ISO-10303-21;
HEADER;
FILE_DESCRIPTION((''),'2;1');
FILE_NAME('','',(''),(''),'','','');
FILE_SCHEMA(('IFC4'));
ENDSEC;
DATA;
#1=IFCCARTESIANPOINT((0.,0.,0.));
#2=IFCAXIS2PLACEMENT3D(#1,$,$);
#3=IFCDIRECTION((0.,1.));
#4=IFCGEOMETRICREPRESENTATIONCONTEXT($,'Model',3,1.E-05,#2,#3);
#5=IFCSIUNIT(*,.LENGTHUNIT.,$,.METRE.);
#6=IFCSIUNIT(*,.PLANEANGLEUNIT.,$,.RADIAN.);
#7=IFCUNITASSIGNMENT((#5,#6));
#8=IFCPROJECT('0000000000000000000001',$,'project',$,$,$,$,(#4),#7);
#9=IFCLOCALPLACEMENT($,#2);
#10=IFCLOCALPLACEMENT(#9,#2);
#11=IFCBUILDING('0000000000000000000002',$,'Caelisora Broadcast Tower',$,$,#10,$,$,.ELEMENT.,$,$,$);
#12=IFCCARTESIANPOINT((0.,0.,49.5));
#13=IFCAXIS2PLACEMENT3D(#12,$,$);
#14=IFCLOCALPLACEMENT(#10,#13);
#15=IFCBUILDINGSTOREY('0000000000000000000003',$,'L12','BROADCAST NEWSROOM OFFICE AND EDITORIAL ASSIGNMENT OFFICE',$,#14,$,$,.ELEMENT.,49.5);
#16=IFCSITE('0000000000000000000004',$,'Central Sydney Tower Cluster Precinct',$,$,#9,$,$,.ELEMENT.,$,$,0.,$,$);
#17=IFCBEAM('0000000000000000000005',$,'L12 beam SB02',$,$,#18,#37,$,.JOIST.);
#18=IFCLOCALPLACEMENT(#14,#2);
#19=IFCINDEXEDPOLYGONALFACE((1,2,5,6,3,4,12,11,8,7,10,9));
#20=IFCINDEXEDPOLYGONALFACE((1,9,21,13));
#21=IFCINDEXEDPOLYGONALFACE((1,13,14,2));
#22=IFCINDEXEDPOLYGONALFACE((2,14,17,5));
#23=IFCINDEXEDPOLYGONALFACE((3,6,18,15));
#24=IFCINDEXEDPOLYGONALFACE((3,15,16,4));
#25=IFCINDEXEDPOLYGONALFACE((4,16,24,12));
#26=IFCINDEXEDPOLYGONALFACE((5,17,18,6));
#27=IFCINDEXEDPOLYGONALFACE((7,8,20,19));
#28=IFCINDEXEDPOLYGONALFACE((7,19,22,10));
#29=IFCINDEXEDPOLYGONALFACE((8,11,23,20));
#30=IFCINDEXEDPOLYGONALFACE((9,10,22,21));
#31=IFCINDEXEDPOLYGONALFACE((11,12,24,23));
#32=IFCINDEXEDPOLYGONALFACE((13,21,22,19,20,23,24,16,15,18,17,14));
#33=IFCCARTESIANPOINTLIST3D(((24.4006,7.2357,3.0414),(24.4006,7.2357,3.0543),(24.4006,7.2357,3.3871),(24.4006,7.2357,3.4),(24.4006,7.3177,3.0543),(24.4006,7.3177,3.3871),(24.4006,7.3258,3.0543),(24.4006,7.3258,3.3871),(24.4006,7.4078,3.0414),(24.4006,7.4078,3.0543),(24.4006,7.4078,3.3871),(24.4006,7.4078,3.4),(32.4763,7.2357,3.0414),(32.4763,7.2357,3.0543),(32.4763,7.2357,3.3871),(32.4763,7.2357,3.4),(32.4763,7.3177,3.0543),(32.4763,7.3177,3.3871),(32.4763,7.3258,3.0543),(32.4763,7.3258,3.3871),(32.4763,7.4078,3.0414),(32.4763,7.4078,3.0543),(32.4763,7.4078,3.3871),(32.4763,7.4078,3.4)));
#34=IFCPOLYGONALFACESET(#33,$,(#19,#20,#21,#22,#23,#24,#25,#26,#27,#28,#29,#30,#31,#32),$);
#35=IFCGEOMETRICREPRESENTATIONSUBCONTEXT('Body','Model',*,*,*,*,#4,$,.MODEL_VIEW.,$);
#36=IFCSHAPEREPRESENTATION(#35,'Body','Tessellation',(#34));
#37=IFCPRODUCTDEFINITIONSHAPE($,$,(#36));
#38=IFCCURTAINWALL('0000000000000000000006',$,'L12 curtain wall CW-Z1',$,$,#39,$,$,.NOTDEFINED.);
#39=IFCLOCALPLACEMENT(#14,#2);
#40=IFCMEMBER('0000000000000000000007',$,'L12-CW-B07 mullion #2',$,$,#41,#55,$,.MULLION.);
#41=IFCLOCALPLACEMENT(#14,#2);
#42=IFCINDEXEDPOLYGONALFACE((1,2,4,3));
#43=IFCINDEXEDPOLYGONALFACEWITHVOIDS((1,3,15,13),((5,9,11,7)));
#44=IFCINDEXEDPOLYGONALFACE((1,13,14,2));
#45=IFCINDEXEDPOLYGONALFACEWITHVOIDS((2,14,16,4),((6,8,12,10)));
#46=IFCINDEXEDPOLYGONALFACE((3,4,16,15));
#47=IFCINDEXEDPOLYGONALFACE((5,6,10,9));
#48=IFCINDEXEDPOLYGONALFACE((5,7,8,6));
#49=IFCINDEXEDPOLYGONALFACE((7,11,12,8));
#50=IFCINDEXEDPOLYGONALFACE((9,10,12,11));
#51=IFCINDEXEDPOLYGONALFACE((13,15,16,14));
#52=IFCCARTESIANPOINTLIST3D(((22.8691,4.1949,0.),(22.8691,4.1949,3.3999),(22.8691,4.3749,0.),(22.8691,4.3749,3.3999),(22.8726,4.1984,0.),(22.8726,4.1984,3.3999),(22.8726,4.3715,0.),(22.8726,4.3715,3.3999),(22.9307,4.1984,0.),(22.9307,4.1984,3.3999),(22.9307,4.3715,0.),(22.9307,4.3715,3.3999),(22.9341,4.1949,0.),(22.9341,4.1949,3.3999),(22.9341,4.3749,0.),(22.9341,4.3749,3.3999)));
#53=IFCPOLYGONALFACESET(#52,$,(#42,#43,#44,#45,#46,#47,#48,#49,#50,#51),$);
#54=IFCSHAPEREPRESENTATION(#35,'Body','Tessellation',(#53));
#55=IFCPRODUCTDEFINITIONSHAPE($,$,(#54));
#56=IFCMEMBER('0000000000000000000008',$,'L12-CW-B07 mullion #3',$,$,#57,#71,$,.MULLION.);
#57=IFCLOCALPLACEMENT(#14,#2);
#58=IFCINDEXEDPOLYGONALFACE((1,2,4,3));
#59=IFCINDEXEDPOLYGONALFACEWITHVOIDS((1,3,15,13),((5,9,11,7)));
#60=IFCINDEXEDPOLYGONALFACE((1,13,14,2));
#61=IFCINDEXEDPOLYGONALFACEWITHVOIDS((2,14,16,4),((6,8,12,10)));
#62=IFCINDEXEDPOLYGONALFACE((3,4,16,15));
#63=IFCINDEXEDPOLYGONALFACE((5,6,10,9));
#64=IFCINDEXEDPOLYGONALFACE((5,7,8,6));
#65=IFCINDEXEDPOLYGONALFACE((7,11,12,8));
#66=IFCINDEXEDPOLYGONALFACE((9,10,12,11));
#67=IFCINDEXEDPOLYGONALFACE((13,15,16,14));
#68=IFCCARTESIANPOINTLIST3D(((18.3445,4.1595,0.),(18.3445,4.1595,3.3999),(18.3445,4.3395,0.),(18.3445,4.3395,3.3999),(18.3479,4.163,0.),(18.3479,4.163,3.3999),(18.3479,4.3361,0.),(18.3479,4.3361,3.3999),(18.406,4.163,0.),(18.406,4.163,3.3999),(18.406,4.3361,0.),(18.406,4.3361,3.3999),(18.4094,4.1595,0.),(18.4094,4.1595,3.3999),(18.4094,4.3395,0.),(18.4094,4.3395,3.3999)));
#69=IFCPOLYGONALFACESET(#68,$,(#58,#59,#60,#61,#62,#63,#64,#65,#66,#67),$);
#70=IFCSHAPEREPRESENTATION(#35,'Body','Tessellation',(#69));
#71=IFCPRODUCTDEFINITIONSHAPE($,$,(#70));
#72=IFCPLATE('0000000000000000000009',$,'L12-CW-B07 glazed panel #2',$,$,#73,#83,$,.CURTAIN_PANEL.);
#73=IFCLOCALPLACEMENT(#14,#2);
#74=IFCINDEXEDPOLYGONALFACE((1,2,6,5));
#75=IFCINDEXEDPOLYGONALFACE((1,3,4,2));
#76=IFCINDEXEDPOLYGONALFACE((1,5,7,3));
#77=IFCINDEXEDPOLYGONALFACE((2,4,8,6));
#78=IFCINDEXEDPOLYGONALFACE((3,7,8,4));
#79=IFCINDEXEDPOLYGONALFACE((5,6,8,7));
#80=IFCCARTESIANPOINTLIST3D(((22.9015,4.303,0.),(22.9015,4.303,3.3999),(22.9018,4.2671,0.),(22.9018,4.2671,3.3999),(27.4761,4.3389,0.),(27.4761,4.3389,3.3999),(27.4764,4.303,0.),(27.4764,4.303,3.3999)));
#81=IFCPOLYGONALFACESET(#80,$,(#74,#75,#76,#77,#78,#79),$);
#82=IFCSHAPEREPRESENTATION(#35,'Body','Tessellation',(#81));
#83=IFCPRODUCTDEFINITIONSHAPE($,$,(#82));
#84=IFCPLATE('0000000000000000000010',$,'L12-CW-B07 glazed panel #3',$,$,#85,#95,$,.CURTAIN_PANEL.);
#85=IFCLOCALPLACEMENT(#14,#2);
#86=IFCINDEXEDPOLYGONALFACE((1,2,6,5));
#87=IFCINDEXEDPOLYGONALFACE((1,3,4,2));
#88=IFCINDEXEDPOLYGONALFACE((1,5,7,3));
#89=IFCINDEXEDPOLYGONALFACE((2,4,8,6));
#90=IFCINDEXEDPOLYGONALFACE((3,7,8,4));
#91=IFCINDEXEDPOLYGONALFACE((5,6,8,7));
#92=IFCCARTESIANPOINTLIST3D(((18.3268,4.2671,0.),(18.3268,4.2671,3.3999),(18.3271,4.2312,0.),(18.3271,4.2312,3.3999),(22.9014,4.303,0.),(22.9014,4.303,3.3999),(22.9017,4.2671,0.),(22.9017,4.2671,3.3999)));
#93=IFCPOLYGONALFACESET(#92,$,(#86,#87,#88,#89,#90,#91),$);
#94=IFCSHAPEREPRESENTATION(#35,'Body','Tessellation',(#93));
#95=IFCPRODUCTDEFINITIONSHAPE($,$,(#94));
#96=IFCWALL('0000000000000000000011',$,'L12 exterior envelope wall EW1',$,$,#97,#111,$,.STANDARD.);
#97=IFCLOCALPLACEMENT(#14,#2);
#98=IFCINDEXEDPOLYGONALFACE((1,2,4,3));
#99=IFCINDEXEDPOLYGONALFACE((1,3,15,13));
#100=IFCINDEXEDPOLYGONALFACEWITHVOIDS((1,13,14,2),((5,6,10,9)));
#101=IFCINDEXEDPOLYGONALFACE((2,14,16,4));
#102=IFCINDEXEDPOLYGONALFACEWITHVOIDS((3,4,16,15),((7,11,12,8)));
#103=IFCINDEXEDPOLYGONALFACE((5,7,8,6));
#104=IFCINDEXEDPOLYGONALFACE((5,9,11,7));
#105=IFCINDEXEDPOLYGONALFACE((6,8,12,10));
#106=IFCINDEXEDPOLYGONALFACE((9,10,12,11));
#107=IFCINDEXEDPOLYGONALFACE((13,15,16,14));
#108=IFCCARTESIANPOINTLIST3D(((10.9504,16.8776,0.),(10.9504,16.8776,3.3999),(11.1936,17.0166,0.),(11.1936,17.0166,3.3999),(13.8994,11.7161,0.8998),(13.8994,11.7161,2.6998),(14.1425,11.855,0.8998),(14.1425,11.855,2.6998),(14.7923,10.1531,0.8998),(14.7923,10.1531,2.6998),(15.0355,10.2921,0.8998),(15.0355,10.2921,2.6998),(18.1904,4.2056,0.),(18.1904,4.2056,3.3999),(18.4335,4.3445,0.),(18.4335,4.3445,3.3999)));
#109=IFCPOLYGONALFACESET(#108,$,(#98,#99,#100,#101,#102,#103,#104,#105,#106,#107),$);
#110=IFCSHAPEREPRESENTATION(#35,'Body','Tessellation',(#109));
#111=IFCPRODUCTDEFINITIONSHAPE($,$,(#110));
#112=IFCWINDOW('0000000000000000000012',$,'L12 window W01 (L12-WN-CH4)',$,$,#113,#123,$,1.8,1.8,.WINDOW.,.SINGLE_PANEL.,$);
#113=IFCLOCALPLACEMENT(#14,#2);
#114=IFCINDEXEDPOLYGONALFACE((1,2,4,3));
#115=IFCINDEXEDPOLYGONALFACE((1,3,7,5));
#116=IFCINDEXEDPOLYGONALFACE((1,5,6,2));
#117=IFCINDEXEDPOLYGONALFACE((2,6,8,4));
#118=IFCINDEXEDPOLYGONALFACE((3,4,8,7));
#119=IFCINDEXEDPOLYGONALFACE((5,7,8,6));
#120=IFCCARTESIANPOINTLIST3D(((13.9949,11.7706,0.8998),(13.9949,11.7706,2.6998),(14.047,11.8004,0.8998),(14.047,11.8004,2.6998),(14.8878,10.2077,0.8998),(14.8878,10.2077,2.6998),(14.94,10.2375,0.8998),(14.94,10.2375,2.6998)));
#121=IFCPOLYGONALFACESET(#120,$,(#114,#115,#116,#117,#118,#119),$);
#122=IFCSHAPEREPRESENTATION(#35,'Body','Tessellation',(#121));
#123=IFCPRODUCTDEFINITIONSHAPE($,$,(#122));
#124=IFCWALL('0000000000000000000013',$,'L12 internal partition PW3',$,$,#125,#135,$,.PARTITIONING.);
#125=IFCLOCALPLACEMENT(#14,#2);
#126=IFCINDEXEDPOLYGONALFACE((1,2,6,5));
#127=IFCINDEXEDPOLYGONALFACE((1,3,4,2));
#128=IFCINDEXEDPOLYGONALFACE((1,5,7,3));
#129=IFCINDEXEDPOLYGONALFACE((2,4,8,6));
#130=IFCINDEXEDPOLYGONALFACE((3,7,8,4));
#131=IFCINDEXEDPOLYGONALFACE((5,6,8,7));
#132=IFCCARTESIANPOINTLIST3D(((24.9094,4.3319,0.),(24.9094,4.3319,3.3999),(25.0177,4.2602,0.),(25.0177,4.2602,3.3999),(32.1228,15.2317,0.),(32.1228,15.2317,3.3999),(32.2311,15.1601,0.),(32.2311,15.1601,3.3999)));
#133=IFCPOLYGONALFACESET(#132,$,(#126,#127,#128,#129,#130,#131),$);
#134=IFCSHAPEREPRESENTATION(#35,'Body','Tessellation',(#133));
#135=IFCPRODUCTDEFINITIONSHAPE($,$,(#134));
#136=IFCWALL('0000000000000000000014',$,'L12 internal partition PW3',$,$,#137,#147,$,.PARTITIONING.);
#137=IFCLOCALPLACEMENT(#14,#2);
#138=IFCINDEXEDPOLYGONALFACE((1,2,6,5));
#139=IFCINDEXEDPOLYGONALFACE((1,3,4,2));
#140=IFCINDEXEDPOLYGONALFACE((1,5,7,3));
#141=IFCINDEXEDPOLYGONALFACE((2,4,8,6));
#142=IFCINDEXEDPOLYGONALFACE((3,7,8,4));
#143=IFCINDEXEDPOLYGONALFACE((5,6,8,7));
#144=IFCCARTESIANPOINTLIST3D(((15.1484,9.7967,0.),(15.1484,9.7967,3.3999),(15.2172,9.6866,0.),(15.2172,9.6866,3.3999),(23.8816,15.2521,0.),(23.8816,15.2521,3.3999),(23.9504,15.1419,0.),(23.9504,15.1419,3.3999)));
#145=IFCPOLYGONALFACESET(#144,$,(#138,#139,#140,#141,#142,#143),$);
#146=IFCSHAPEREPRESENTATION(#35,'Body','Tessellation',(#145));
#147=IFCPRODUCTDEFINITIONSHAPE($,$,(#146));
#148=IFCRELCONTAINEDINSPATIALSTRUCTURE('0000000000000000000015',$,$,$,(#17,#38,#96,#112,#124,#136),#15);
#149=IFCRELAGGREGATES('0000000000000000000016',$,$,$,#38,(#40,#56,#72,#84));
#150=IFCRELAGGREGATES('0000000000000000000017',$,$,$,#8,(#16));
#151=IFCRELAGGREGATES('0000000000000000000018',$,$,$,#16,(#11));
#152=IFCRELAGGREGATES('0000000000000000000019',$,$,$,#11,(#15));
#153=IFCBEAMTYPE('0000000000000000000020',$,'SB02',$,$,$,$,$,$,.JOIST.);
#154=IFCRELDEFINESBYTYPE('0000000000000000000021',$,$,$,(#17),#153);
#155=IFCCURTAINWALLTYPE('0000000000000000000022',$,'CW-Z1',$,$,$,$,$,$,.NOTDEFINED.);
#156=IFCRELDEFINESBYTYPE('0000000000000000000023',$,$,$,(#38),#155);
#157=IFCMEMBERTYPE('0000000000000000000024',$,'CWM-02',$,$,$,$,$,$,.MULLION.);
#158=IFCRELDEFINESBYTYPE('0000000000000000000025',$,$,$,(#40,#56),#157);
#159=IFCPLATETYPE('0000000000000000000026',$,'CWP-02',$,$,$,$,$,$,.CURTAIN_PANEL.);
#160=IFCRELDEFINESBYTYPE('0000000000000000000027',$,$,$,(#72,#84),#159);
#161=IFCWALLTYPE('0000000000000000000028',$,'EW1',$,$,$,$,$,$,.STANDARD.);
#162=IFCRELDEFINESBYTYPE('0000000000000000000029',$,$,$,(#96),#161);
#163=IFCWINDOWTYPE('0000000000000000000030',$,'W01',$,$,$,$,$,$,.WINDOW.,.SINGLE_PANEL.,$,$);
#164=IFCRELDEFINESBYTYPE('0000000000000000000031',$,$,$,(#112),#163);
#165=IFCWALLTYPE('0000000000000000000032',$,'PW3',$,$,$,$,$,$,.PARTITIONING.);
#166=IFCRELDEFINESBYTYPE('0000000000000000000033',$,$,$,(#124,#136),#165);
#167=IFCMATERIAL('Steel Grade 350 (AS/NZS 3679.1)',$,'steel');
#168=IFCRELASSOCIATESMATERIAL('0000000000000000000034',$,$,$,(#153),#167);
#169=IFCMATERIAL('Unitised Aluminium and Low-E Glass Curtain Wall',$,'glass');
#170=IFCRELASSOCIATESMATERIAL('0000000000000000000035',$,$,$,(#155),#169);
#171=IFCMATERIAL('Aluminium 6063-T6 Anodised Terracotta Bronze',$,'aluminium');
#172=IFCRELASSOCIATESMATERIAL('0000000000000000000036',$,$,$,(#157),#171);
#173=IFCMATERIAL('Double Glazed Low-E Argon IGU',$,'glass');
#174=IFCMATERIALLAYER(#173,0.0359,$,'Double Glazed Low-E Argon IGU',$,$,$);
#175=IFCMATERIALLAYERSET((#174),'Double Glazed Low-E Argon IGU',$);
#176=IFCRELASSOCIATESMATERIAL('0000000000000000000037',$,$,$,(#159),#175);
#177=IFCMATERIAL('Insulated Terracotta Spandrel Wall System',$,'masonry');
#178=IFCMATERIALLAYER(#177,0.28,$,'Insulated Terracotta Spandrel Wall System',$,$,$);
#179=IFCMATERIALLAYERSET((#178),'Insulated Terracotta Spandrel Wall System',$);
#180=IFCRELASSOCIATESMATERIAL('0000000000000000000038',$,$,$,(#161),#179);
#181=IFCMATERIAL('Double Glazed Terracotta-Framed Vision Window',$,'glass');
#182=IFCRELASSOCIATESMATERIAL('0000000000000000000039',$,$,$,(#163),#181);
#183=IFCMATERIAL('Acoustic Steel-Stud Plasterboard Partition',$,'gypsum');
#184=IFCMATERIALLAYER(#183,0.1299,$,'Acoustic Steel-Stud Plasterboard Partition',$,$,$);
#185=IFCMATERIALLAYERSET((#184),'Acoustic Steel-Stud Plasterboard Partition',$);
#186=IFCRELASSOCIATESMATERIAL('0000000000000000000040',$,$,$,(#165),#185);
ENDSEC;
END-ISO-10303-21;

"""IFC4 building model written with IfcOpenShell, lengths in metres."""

from ifc_helpers import new_model, si_unit, direction, frame, frame_2d, origin, origin_2d, place, context, subcontext, project, spatial, rectangle, hollow_rectangle, i_section, extrude, source, transform, mapped, material, layer, layer_set, material_profile, profile_set, type_object, type_shapes, element, fill, aggregate, save


model = new_model("IFC4")

# Units and contexts
model_context = context("Model", 3, precision=1e-05, world=origin(), true_north=direction((0.0, 1.0)))
body_context = subcontext(model_context, "Body", "Model", "MODEL_VIEW")
ifc_project = project(units=[si_unit("LENGTHUNIT", "METRE"), si_unit("PLANEANGLEUNIT", "RADIAN")], contexts=[model_context])

# Site, building, storey
site_placement = place(None, origin())
site = spatial("IfcSite", under=ifc_project, at=site_placement, Name="Central Sydney Tower Cluster Precinct", CompositionType="ELEMENT", RefElevation=0.0)
building_placement = place(site_placement, origin())
building = spatial("IfcBuilding", under=site, at=building_placement, Name="Caelisora Broadcast Tower", CompositionType="ELEMENT")
storey_placement = place(building_placement, frame((0.0, 0.0, 49.5)))
storey = spatial("IfcBuildingStorey", under=building, at=storey_placement, Name="L12", Description="BROADCAST NEWSROOM OFFICE AND EDITORIAL ASSIGNMENT OFFICE", CompositionType="ELEMENT", Elevation=49.5)

# Beam
ifc_material_1 = material(Name="Steel Grade 350 (AS/NZS 3679.1)", Category="steel")
ifc_material_profile_1 = material_profile(ifc_material_1, i_section(OverallWidth=0.1721, OverallDepth=0.3586, WebThickness=0.0081, FlangeThickness=0.0129, at=origin_2d()), Name="Steel Grade 350 (AS/NZS 3679.1)")
ifc_profile_set_1 = profile_set([ifc_material_profile_1], Name="Steel Grade 350 (AS/NZS 3679.1)")
beam_type_1 = type_object("IfcBeamType", Name="SB02", PredefinedType="JOIST", material=ifc_profile_set_1)
shared_shape_1 = source(origin(), body_context, "Body", "SweptSolid", [
    extrude(i_section(OverallWidth=0.1721, OverallDepth=0.3586, WebThickness=0.0081, FlangeThickness=0.0129, at=origin_2d()), origin(), (0.0, 0.0, 1.0), 8.0757),
])
beam_1_placement = place(storey_placement, frame((24.4006, 7.3218, 3.2207), z_axis=(1.0, 0.0, 0.0), x_axis=(0.0, 1.0, 0.0)))
element("IfcBeam", 1, at=beam_1_placement, inside=storey, type_object=beam_type_1, Name="L12 beam SB02", PredefinedType="JOIST", context=body_context, shape_type="MappedRepresentation", body=[
    mapped(shared_shape_1, transform((0.0, 0.0, 0.0), scale=1.0)),
])

# Curtain wall, members, plates
ifc_material_2 = material(Name="Unitised Aluminium and Low-E Glass Curtain Wall", Category="glass")
curtain_wall_type = type_object("IfcCurtainWallType", Name="CW-Z1", PredefinedType="NOTDEFINED", material=ifc_material_2)
curtain_wall_placement = place(storey_placement, origin())
curtain_wall = element("IfcCurtainWall", 2, at=curtain_wall_placement, inside=storey, type_object=curtain_wall_type, Name="L12 curtain wall CW-Z1", PredefinedType="NOTDEFINED")
ifc_material_3 = material(Name="Aluminium 6063-T6 Anodised Terracotta Bronze", Category="aluminium")
ifc_material_profile_2 = material_profile(ifc_material_3, hollow_rectangle(XDim=0.0649, YDim=0.1799, WallThickness=0.0034, at=origin_2d()), Name="Aluminium 6063-T6 Anodised Terracotta Bronze")
ifc_profile_set_2 = profile_set([ifc_material_profile_2], Name="Aluminium 6063-T6 Anodised Terracotta Bronze")
member_type = type_object("IfcMemberType", Name="CWM-02", PredefinedType="MULLION", material=ifc_profile_set_2)
shared_shape_2 = source(origin(), body_context, "Body", "SweptSolid", [
    extrude(hollow_rectangle(XDim=0.0649, YDim=0.1799, WallThickness=0.0034, at=origin_2d()), origin(), (0.0, 0.0, 1.0), 3.3999),
])
type_shapes(member_type, [shared_shape_2])
member_1_placement = place(storey_placement, frame((22.9016, 4.2849, 0.0), z_axis=(0.0, 0.0, 1.0), x_axis=(1.0, 0.0, 0.0)))
member_1 = element("IfcMember", 3, at=member_1_placement, type_object=member_type, Name="L12-CW-B07 mullion #2", PredefinedType="MULLION", context=body_context, shape_type="MappedRepresentation", body=[
    mapped(shared_shape_2, transform((0.0, 0.0, 0.0), scale=1.0)),
])
member_2_placement = place(storey_placement, frame((18.377, 4.2495, 0.0), z_axis=(0.0, 0.0, 1.0), x_axis=(1.0, 0.0, 0.0)))
member_2 = element("IfcMember", 4, at=member_2_placement, type_object=member_type, Name="L12-CW-B07 mullion #3", PredefinedType="MULLION", context=body_context, shape_type="MappedRepresentation", body=[
    mapped(shared_shape_2, transform((0.0, 0.0, 0.0), scale=1.0)),
])
ifc_material_4 = material(Name="Double Glazed Low-E Argon IGU", Category="glass")
ifc_layer_1 = layer(ifc_material_4, 0.0359, Name="Double Glazed Low-E Argon IGU")
ifc_layer_set_1 = layer_set([ifc_layer_1], Name="Double Glazed Low-E Argon IGU")
plate_type = type_object("IfcPlateType", Name="CWP-02", PredefinedType="CURTAIN_PANEL", material=ifc_layer_set_1)
shared_shape_3 = source(origin(), body_context, "Body", "SweptSolid", [
    extrude(rectangle(XDim=4.5747, YDim=0.0359, at=origin_2d()), origin(), (0.0, 0.0, 1.0), 3.3999),
])
type_shapes(plate_type, [shared_shape_3])
plate_1_placement = place(storey_placement, frame((25.189, 4.303, 0.0), z_axis=(0.0, 0.0, 1.0), x_axis=(-0.999969, -0.007854, 0.0)))
plate_1 = element("IfcPlate", 5, at=plate_1_placement, type_object=plate_type, Name="L12-CW-B07 glazed panel #2", PredefinedType="CURTAIN_PANEL", context=body_context, shape_type="MappedRepresentation", body=[
    mapped(shared_shape_3, transform((0.0, 0.0, 0.0), scale=1.0)),
])
plate_2_placement = place(storey_placement, frame((20.6143, 4.2671, 0.0), z_axis=(0.0, 0.0, 1.0), x_axis=(-0.999969, -0.007854, 0.0)))
plate_2 = element("IfcPlate", 6, at=plate_2_placement, type_object=plate_type, Name="L12-CW-B07 glazed panel #3", PredefinedType="CURTAIN_PANEL", context=body_context, shape_type="MappedRepresentation", body=[
    mapped(shared_shape_3, transform((0.0, 0.0, 0.0), scale=1.0)),
])
aggregate(curtain_wall, [member_1, member_2, plate_1, plate_2])

# Wall, opening, window
ifc_material_5 = material(Name="Insulated Terracotta Spandrel Wall System", Category="masonry")
ifc_layer_2 = layer(ifc_material_5, 0.28, Name="Insulated Terracotta Spandrel Wall System")
ifc_layer_set_2 = layer_set([ifc_layer_2], Name="Insulated Terracotta Spandrel Wall System")
wall_type_1 = type_object("IfcWallType", Name="EW1", PredefinedType="STANDARD", material=ifc_layer_set_2)
wall_1_placement = place(storey_placement, frame((18.312, 4.2749, 0.0), z_axis=(0.0, 0.0, 1.0), x_axis=(-0.496076, 0.868279, 0.0)))
wall_1 = element("IfcWall", 7, at=wall_1_placement, inside=storey, type_object=wall_type_1, Name="L12 exterior envelope wall EW1", PredefinedType="STANDARD", context=body_context, shape_type="SweptSolid", body=[
    extrude(rectangle(XDim=14.5945, YDim=0.28, at=frame_2d((7.2974, 0.0))), origin(), (0.0, 0.0, 1.0), 3.3999),
])
opening_1_placement = place(wall_1_placement, frame((6.8501, 0.0, 0.8999)))
opening_1 = element("IfcOpeningElement", 8, at=opening_1_placement, cuts=wall_1, PredefinedType="OPENING", context=body_context, shape_type="SweptSolid", body=[
    extrude(rectangle(XDim=1.8, YDim=1.8, at=frame_2d((0.8999, 0.8999))), frame((0.0, 0.1521, 0.0), z_axis=(0.0, -1.0, 0.0), x_axis=(1.0, 0.0, 0.0)), (0.0, 0.0, 1.0), 0.304),
])
ifc_material_6 = material(Name="Double Glazed Terracotta-Framed Vision Window", Category="glass")
window_type = type_object("IfcWindowType", Name="W01", PartitioningType="SINGLE_PANEL", PredefinedType="WINDOW", material=ifc_material_6)
window_placement = place(opening_1_placement, origin())
window = element("IfcWindow", 9, at=window_placement, inside=storey, type_object=window_type, Name="L12 window W01 (L12-WN-CH4)", OverallHeight=1.8, OverallWidth=1.8, PartitioningType="SINGLE_PANEL", PredefinedType="WINDOW", context=body_context, shape_type="SweptSolid", body=[
    extrude(rectangle(XDim=1.8, YDim=1.8, at=frame_2d((0.8999, 0.8999))), frame((0.0, 0.03, 0.0), z_axis=(0.0, -1.0, 0.0), x_axis=(1.0, 0.0, 0.0)), (0.0, 0.0, 1.0), 0.0601),
])
fill(opening_1, window)

# Walls
ifc_material_7 = material(Name="Acoustic Steel-Stud Plasterboard Partition", Category="gypsum")
ifc_layer_3 = layer(ifc_material_7, 0.1299, Name="Acoustic Steel-Stud Plasterboard Partition")
ifc_layer_set_3 = layer_set([ifc_layer_3], Name="Acoustic Steel-Stud Plasterboard Partition")
wall_type_2 = type_object("IfcWallType", Name="PW3", PredefinedType="PARTITIONING", material=ifc_layer_set_3)
wall_2_placement = place(storey_placement, frame((24.9636, 4.2961, 0.0), z_axis=(0.0, 0.0, 1.0), x_axis=(0.551878, 0.833925, 0.0)))
element("IfcWall", 10, at=wall_2_placement, inside=storey, type_object=wall_type_2, Name="L12 internal partition PW3", PredefinedType="PARTITIONING", context=body_context, shape_type="SweptSolid", body=[
    extrude(rectangle(XDim=13.0706, YDim=0.1299, at=frame_2d((6.5352, 0.0))), origin(), (0.0, 0.0, 1.0), 3.3999),
])
wall_3_placement = place(storey_placement, frame((15.1829, 9.7417, 0.0), z_axis=(0.0, 0.0, 1.0), x_axis=(0.848125, 0.529796, 0.0)))
element("IfcWall", 11, at=wall_3_placement, inside=storey, type_object=wall_type_2, Name="L12 internal partition PW3", PredefinedType="PARTITIONING", context=body_context, shape_type="SweptSolid", body=[
    extrude(rectangle(XDim=10.2971, YDim=0.1299, at=frame_2d((5.1484, 0.0))), origin(), (0.0, 0.0, 1.0), 3.3999),
])

save(model, "model.ifc")
